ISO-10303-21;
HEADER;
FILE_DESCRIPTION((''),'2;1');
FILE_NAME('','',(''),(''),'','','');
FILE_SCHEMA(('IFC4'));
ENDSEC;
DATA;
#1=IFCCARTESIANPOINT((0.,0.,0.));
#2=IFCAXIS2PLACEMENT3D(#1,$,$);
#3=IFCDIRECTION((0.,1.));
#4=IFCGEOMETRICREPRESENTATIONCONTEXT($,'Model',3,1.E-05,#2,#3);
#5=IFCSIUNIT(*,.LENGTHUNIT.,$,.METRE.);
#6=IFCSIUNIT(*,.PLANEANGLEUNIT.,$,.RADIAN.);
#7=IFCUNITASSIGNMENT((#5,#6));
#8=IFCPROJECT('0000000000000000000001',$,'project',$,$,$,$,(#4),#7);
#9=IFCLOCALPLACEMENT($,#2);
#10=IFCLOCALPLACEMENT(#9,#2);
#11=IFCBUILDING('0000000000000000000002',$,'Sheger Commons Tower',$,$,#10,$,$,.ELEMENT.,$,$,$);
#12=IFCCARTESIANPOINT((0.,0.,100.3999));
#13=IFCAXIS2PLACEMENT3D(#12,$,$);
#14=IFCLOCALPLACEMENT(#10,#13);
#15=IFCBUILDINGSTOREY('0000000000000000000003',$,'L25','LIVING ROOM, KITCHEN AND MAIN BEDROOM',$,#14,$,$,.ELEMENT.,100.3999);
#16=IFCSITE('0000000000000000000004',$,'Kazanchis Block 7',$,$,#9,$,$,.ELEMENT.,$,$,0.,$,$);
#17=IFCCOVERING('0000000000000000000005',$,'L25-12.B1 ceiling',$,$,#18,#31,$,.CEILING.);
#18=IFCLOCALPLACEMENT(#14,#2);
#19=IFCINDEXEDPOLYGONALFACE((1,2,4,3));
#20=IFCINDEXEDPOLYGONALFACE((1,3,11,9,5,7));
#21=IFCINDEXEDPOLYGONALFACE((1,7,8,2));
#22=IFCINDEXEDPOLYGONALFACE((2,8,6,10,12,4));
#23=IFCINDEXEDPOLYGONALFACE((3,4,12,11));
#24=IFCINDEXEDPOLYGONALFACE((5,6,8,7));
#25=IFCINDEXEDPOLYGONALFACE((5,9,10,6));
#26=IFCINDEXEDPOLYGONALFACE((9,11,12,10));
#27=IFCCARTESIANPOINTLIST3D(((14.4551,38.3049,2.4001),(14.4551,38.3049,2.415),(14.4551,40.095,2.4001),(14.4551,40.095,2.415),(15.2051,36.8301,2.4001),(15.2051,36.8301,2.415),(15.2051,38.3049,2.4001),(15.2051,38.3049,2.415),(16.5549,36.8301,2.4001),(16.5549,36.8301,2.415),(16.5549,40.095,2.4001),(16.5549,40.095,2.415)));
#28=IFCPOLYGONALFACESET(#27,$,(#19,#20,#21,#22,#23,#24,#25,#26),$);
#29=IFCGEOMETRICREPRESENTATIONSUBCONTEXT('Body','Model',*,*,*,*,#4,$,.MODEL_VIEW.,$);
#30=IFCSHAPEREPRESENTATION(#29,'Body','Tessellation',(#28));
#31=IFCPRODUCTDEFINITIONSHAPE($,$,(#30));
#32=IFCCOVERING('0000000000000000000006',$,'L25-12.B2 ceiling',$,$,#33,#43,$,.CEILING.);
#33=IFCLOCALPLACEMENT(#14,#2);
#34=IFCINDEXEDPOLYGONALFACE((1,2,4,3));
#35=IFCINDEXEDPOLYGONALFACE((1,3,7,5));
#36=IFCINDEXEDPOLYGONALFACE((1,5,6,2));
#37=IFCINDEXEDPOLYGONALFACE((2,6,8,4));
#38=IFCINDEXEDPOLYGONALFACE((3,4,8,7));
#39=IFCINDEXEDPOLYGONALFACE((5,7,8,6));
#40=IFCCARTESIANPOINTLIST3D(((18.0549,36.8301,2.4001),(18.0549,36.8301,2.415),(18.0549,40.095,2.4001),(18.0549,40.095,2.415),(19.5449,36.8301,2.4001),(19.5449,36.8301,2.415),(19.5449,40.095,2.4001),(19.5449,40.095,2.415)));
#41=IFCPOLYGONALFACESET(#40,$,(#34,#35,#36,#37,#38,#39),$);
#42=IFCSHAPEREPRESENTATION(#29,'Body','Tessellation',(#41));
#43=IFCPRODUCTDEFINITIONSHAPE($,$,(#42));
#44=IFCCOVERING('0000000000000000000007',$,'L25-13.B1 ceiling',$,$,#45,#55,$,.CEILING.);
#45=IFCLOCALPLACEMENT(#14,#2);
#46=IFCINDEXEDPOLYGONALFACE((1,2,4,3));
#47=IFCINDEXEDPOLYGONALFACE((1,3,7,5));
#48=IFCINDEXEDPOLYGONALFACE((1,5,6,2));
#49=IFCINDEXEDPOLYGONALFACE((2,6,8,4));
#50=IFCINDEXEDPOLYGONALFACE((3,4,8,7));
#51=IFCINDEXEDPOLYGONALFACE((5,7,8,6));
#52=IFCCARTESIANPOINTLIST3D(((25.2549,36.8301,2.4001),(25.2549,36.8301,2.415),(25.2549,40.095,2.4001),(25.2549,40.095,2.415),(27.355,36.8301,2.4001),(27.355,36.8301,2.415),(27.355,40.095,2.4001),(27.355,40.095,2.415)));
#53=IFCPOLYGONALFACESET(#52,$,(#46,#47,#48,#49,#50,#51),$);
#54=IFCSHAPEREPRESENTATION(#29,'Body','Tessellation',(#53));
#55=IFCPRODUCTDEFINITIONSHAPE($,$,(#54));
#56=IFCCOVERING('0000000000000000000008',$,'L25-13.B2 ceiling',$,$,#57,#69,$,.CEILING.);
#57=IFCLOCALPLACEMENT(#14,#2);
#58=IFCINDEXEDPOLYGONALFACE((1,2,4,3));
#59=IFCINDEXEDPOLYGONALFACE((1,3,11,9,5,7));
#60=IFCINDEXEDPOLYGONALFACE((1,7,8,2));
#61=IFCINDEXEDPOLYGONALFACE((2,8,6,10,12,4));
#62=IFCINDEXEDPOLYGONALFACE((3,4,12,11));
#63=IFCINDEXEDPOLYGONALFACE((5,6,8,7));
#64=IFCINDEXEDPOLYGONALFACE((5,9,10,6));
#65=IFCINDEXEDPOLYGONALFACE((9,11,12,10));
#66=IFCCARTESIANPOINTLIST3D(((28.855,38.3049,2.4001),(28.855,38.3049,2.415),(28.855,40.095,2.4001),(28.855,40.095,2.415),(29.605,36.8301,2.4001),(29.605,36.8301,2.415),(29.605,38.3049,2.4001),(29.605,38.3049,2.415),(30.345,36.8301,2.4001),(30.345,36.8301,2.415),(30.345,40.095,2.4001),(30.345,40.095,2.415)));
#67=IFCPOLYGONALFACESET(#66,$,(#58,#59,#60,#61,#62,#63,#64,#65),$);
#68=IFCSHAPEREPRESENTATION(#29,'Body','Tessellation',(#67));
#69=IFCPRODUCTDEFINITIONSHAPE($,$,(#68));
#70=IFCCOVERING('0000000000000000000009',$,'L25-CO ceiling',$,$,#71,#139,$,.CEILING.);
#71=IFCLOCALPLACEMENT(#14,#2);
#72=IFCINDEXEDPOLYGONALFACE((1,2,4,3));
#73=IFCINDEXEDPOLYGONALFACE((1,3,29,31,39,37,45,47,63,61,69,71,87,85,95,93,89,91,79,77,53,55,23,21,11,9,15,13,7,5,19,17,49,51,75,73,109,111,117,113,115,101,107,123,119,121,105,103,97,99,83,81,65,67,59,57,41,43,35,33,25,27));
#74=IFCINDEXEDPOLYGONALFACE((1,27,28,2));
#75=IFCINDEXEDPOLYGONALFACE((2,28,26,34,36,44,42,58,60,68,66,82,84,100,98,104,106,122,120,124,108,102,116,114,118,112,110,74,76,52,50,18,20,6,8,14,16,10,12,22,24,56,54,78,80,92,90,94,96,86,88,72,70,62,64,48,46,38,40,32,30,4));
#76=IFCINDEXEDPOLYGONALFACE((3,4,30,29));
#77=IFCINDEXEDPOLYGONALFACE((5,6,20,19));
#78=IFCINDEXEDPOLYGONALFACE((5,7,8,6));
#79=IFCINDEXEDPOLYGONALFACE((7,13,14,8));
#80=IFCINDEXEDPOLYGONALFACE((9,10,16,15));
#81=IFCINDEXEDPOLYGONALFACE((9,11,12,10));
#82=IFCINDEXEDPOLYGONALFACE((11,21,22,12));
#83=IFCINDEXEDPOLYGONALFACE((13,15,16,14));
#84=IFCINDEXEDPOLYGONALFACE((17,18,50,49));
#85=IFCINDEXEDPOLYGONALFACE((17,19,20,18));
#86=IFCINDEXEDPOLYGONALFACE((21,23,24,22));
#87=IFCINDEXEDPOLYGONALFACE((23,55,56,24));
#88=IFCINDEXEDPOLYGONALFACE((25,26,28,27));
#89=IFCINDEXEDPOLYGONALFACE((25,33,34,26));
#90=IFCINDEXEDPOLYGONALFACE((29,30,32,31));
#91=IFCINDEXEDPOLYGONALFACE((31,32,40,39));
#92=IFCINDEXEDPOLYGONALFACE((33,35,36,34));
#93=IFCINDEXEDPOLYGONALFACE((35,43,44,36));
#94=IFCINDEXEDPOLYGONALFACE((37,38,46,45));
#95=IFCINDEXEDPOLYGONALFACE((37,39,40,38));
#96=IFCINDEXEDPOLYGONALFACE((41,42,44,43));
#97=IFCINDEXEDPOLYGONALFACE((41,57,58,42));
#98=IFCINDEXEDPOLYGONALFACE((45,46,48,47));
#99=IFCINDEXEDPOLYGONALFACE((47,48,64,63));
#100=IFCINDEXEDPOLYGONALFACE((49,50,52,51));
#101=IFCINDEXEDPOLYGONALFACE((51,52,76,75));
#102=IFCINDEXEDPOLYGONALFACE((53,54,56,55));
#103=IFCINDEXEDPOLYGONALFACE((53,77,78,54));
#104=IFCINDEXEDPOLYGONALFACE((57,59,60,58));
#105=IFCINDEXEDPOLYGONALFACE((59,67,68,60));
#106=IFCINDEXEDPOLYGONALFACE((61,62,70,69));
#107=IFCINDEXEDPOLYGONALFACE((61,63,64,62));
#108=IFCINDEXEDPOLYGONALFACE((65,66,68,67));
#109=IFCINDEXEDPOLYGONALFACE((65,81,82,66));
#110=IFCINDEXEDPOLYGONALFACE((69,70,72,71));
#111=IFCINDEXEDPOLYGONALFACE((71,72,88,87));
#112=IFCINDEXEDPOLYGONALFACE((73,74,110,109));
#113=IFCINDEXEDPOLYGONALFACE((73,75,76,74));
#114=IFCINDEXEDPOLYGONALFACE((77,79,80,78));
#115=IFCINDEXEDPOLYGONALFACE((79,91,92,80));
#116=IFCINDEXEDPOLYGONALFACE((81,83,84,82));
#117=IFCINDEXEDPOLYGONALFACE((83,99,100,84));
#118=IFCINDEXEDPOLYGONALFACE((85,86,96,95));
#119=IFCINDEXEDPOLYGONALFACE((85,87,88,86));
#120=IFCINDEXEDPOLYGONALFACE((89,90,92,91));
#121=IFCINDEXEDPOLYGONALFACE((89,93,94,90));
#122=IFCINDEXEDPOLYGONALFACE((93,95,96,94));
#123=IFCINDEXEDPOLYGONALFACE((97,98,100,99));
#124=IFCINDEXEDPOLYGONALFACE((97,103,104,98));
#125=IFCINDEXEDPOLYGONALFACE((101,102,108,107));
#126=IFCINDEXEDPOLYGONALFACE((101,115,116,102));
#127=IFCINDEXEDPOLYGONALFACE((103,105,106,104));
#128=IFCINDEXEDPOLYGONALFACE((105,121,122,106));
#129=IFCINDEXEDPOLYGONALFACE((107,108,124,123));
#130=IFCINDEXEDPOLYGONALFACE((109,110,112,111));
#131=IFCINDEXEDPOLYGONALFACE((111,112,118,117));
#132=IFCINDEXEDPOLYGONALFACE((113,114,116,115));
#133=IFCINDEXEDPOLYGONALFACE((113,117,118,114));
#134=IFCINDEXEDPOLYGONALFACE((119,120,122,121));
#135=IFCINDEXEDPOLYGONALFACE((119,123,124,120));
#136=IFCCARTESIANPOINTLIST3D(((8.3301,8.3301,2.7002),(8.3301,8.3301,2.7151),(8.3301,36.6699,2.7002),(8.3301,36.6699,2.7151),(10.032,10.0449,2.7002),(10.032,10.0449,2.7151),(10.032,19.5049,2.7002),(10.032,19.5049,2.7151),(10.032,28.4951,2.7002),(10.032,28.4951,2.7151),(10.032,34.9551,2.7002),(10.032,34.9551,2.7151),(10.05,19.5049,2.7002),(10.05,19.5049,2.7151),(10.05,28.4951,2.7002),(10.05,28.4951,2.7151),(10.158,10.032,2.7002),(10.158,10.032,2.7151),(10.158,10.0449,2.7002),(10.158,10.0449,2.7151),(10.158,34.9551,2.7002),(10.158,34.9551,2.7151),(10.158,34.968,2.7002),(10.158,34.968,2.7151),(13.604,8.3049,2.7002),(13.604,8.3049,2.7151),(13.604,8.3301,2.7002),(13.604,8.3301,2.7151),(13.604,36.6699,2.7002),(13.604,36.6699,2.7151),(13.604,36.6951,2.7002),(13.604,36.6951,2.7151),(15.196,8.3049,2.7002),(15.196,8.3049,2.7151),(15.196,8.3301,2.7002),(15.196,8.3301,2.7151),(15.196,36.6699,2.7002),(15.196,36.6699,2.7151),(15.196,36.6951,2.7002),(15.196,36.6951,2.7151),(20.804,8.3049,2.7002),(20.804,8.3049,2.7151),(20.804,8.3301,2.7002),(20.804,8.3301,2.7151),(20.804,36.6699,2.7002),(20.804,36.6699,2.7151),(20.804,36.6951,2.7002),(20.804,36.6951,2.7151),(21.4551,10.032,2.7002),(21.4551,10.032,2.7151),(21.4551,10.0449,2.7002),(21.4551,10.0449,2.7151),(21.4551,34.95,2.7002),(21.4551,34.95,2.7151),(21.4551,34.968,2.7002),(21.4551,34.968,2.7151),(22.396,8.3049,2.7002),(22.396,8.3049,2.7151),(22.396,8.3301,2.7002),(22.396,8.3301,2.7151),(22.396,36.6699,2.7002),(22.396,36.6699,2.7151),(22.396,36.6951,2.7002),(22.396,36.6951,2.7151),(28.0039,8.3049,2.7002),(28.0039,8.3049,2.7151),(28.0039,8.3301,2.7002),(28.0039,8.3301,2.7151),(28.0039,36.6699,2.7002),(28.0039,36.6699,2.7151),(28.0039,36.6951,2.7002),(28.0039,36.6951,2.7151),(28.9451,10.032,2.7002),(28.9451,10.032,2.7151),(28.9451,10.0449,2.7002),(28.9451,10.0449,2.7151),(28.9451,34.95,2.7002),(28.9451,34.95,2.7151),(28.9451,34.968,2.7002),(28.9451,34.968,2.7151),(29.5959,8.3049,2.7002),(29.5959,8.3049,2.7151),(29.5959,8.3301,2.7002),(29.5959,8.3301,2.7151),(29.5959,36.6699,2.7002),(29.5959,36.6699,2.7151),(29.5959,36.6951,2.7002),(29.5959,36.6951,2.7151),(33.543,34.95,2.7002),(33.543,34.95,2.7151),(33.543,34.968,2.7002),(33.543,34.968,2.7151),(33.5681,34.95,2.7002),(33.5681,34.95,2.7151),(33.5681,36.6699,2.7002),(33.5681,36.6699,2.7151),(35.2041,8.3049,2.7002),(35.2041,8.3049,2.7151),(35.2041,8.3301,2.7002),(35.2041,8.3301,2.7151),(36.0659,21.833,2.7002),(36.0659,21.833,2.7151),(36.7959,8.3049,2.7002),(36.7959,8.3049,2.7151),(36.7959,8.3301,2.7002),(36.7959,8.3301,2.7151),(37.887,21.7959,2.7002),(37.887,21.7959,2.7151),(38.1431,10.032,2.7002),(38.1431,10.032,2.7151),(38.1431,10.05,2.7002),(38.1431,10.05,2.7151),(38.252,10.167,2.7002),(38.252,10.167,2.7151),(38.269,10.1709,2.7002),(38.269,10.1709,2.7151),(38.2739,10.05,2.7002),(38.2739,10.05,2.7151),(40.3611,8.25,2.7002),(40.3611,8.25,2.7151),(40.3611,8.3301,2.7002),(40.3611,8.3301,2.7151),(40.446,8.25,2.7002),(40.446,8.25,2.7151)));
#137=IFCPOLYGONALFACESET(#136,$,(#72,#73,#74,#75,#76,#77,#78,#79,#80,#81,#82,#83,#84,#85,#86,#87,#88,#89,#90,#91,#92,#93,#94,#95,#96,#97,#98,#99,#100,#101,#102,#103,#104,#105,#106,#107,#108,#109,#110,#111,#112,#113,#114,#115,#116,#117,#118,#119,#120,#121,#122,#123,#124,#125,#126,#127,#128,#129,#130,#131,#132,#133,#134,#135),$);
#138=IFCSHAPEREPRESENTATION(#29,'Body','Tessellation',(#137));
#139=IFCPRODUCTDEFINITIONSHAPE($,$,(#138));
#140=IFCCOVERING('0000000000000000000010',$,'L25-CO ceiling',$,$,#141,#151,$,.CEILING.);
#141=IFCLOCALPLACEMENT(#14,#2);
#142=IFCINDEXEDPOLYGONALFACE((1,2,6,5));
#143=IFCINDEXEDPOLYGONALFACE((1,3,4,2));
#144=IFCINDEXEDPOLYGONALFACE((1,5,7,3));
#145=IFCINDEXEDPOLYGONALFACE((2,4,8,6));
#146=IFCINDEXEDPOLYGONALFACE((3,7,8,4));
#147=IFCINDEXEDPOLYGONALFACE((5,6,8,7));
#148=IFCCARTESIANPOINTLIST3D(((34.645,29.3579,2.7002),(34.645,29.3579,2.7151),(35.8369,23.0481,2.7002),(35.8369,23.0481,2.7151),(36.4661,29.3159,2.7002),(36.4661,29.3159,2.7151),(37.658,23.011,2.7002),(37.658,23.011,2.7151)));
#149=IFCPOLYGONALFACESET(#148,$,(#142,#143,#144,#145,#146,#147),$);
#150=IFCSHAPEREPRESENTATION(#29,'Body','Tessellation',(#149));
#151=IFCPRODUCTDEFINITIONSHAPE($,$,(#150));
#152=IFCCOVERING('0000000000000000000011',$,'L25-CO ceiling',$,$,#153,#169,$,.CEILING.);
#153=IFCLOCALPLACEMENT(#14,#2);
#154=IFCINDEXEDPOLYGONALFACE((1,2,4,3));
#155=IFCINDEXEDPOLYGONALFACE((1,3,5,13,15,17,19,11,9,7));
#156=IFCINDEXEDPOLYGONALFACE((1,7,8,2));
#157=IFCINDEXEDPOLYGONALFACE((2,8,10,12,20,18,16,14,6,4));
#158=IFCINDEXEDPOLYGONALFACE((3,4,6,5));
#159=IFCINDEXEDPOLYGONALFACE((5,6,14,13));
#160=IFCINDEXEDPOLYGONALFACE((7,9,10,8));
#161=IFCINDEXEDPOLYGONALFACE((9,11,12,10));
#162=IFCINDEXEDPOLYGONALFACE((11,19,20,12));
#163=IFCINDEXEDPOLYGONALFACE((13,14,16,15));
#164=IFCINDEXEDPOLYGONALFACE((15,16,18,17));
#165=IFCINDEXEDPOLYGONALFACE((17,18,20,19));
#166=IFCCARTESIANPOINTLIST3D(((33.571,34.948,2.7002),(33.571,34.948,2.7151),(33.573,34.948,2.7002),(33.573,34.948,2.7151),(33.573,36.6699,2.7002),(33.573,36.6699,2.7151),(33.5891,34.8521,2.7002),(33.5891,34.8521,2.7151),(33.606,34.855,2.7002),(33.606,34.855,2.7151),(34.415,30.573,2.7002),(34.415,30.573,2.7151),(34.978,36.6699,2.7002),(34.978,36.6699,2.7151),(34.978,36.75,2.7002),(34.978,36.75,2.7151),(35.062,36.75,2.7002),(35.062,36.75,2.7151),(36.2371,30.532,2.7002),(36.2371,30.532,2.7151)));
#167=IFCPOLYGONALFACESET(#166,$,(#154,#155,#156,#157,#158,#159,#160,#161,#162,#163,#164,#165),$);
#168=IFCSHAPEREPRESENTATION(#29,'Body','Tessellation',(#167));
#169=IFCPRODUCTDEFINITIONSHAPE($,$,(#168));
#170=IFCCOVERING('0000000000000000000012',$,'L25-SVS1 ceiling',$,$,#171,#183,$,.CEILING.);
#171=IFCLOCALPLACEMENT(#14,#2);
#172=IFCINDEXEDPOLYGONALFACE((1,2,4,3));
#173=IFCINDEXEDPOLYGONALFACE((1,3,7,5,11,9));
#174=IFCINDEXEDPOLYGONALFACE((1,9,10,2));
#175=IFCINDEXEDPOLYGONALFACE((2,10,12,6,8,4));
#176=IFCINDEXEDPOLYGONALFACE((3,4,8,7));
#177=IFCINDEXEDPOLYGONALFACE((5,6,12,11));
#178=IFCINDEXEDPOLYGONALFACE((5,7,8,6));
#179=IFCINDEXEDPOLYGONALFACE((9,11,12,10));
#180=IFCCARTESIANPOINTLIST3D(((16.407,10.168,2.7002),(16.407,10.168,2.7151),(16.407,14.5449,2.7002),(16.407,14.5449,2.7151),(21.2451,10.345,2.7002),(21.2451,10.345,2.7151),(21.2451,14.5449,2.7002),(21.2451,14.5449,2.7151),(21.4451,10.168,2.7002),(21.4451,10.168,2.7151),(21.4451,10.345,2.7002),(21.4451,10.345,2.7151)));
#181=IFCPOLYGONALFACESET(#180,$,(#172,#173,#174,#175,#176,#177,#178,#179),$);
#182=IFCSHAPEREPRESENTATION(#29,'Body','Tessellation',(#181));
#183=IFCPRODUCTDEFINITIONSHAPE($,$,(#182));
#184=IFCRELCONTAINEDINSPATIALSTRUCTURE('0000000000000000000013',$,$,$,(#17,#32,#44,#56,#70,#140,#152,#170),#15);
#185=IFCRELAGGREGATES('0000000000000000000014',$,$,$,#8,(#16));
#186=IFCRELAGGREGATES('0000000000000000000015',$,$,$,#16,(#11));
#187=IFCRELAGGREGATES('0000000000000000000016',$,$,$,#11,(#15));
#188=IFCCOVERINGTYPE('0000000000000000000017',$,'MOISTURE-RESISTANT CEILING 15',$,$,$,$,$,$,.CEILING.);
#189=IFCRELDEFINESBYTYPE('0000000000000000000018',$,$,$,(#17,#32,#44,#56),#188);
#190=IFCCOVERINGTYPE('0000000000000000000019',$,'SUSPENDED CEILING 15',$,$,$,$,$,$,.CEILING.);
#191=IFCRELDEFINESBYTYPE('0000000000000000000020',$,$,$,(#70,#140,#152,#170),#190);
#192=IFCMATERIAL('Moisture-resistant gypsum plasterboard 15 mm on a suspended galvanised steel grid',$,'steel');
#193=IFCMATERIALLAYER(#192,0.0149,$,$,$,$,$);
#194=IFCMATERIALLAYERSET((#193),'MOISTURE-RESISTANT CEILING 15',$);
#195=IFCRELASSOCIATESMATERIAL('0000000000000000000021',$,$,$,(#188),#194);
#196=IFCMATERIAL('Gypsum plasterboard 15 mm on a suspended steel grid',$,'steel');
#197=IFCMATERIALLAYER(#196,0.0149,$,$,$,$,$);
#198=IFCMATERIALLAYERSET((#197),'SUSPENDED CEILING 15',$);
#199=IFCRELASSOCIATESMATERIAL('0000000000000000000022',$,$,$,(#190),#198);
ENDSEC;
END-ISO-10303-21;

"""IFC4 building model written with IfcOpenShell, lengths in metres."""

from ifc_helpers import new_model, si_unit, direction, frame, origin, place, context, subcontext, project, spatial, polyline, outline, extrude, material, layer, layer_set, type_object, element, save


model = new_model("IFC4")

# Units and contexts
model_context = context("Model", 3, precision=1e-05, world=origin(), true_north=direction((0.0, 1.0)))
body_context = subcontext(model_context, "Body", "Model", "MODEL_VIEW")
ifc_project = project(units=[si_unit("LENGTHUNIT", "METRE"), si_unit("PLANEANGLEUNIT", "RADIAN")], contexts=[model_context])

# Site, building, storey
site_placement = place(None, origin())
site = spatial("IfcSite", under=ifc_project, at=site_placement, Name="Kazanchis Block 7", CompositionType="ELEMENT", RefElevation=0.0)
building_placement = place(site_placement, origin())
building = spatial("IfcBuilding", under=site, at=building_placement, Name="Sheger Commons Tower", CompositionType="ELEMENT")
storey_placement = place(building_placement, frame((0.0, 0.0, 100.3999)))
storey = spatial("IfcBuildingStorey", under=building, at=storey_placement, Name="L25", Description="LIVING ROOM, KITCHEN AND MAIN BEDROOM", CompositionType="ELEMENT", Elevation=100.3999)

# Coverings
ifc_material_1 = material(Name="Moisture-resistant gypsum plasterboard 15 mm on a suspended galvanised steel grid", Category="steel")
ifc_layer_1 = layer(ifc_material_1, 0.0149)
ifc_layer_set_1 = layer_set([ifc_layer_1], Name="MOISTURE-RESISTANT CEILING 15")
covering_type_1 = type_object("IfcCoveringType", Name="MOISTURE-RESISTANT CEILING 15", PredefinedType="CEILING", material=ifc_layer_set_1)
covering_1_placement = place(storey_placement, frame((0.0, 0.0, 2.4001)))
element("IfcCovering", 1, at=covering_1_placement, inside=storey, type_object=covering_type_1, Name="L25-12.B1 ceiling", PredefinedType="CEILING", context=body_context, shape_type="SweptSolid", body=[
    extrude(outline(polyline([(15.2051, 36.8301), (16.5549, 36.8301), (16.5549, 40.095), (14.4551, 40.095), (14.4551, 38.3049), (15.2051, 38.3049), (15.2051, 36.8301)])), origin(), (0.0, 0.0, 1.0), 0.0149),
])
covering_2_placement = place(storey_placement, frame((0.0, 0.0, 2.4001)))
element("IfcCovering", 2, at=covering_2_placement, inside=storey, type_object=covering_type_1, Name="L25-12.B2 ceiling", PredefinedType="CEILING", context=body_context, shape_type="SweptSolid", body=[
    extrude(outline(polyline([(18.0549, 36.8301), (19.5449, 36.8301), (19.5449, 40.095), (18.0549, 40.095), (18.0549, 36.8301)])), origin(), (0.0, 0.0, 1.0), 0.0149),
])
covering_3_placement = place(storey_placement, frame((0.0, 0.0, 2.4001)))
element("IfcCovering", 3, at=covering_3_placement, inside=storey, type_object=covering_type_1, Name="L25-13.B1 ceiling", PredefinedType="CEILING", context=body_context, shape_type="SweptSolid", body=[
    extrude(outline(polyline([(25.2549, 36.8301), (27.355, 36.8301), (27.355, 40.095), (25.2549, 40.095), (25.2549, 36.8301)])), origin(), (0.0, 0.0, 1.0), 0.0149),
])
covering_4_placement = place(storey_placement, frame((0.0, 0.0, 2.4001)))
element("IfcCovering", 4, at=covering_4_placement, inside=storey, type_object=covering_type_1, Name="L25-13.B2 ceiling", PredefinedType="CEILING", context=body_context, shape_type="SweptSolid", body=[
    extrude(outline(polyline([(29.605, 36.8301), (30.345, 36.8301), (30.345, 40.095), (28.855, 40.095), (28.855, 38.3049), (29.605, 38.3049), (29.605, 36.8301)])), origin(), (0.0, 0.0, 1.0), 0.0149),
])
ifc_material_2 = material(Name="Gypsum plasterboard 15 mm on a suspended steel grid", Category="steel")
ifc_layer_2 = layer(ifc_material_2, 0.0149)
ifc_layer_set_2 = layer_set([ifc_layer_2], Name="SUSPENDED CEILING 15")
covering_type_2 = type_object("IfcCoveringType", Name="SUSPENDED CEILING 15", PredefinedType="CEILING", material=ifc_layer_set_2)
covering_5_placement = place(storey_placement, frame((0.0, 0.0, 2.7002)))
element("IfcCovering", 5, at=covering_5_placement, inside=storey, type_object=covering_type_2, Name="L25-CO ceiling", PredefinedType="CEILING", context=body_context, shape_type="SweptSolid", body=[
    extrude(outline(polyline([(40.3611, 8.25), (40.446, 8.25), (37.887, 21.7959), (36.0659, 21.833), (38.269, 10.1709), (38.252, 10.167), (38.2739, 10.05), (38.1431, 10.05), (38.1431, 10.032), (28.9451, 10.032), (28.9451, 10.0449), (21.4551, 10.0449), (21.4551, 10.032), (10.158, 10.032), (10.158, 10.0449), (10.032, 10.0449), (10.032, 19.5049), (10.05, 19.5049), (10.05, 28.4951), (10.032, 28.4951), (10.032, 34.9551), (10.158, 34.9551), (10.158, 34.968), (21.4551, 34.968), (21.4551, 34.95), (28.9451, 34.95), (28.9451, 34.968), (33.543, 34.968), (33.543, 34.95), (33.5681, 34.95), (33.5681, 36.6699), (29.5959, 36.6699), (29.5959, 36.6951), (28.0039, 36.6951), (28.0039, 36.6699), (22.396, 36.6699), (22.396, 36.6951), (20.804, 36.6951), (20.804, 36.6699), (15.196, 36.6699), (15.196, 36.6951), (13.604, 36.6951), (13.604, 36.6699), (8.3301, 36.6699), (8.3301, 8.3301), (13.604, 8.3301), (13.604, 8.3049), (15.196, 8.3049), (15.196, 8.3301), (20.804, 8.3301), (20.804, 8.3049), (22.396, 8.3049), (22.396, 8.3301), (28.0039, 8.3301), (28.0039, 8.3049), (29.5959, 8.3049), (29.5959, 8.3301), (35.2041, 8.3301), (35.2041, 8.3049), (36.7959, 8.3049), (36.7959, 8.3301), (40.3611, 8.3301), (40.3611, 8.25)])), origin(), (0.0, 0.0, 1.0), 0.0149),
])
covering_6_placement = place(storey_placement, frame((0.0, 0.0, 2.7002)))
element("IfcCovering", 6, at=covering_6_placement, inside=storey, type_object=covering_type_2, Name="L25-CO ceiling", PredefinedType="CEILING", context=body_context, shape_type="SweptSolid", body=[
    extrude(outline(polyline([(37.658, 23.011), (36.4661, 29.3159), (34.645, 29.3579), (35.8369, 23.0481), (37.658, 23.011)])), origin(), (0.0, 0.0, 1.0), 0.0149),
])
covering_7_placement = place(storey_placement, frame((0.0, 0.0, 2.7002)))
element("IfcCovering", 7, at=covering_7_placement, inside=storey, type_object=covering_type_2, Name="L25-CO ceiling", PredefinedType="CEILING", context=body_context, shape_type="SweptSolid", body=[
    extrude(outline(polyline([(36.2371, 30.532), (35.062, 36.75), (34.978, 36.75), (34.978, 36.6699), (33.573, 36.6699), (33.573, 34.948), (33.571, 34.948), (33.5891, 34.8521), (33.606, 34.855), (34.415, 30.573), (36.2371, 30.532)])), origin(), (0.0, 0.0, 1.0), 0.0149),
])
covering_8_placement = place(storey_placement, frame((0.0, 0.0, 2.7002)))
element("IfcCovering", 8, at=covering_8_placement, inside=storey, type_object=covering_type_2, Name="L25-SVS1 ceiling", PredefinedType="CEILING", context=body_context, shape_type="SweptSolid", body=[
    extrude(outline(polyline([(16.407, 10.168), (21.4451, 10.168), (21.4451, 10.345), (21.2451, 10.345), (21.2451, 14.5449), (16.407, 14.5449), (16.407, 10.168)])), origin(), (0.0, 0.0, 1.0), 0.0149),
])

save(model, "model.ifc")
